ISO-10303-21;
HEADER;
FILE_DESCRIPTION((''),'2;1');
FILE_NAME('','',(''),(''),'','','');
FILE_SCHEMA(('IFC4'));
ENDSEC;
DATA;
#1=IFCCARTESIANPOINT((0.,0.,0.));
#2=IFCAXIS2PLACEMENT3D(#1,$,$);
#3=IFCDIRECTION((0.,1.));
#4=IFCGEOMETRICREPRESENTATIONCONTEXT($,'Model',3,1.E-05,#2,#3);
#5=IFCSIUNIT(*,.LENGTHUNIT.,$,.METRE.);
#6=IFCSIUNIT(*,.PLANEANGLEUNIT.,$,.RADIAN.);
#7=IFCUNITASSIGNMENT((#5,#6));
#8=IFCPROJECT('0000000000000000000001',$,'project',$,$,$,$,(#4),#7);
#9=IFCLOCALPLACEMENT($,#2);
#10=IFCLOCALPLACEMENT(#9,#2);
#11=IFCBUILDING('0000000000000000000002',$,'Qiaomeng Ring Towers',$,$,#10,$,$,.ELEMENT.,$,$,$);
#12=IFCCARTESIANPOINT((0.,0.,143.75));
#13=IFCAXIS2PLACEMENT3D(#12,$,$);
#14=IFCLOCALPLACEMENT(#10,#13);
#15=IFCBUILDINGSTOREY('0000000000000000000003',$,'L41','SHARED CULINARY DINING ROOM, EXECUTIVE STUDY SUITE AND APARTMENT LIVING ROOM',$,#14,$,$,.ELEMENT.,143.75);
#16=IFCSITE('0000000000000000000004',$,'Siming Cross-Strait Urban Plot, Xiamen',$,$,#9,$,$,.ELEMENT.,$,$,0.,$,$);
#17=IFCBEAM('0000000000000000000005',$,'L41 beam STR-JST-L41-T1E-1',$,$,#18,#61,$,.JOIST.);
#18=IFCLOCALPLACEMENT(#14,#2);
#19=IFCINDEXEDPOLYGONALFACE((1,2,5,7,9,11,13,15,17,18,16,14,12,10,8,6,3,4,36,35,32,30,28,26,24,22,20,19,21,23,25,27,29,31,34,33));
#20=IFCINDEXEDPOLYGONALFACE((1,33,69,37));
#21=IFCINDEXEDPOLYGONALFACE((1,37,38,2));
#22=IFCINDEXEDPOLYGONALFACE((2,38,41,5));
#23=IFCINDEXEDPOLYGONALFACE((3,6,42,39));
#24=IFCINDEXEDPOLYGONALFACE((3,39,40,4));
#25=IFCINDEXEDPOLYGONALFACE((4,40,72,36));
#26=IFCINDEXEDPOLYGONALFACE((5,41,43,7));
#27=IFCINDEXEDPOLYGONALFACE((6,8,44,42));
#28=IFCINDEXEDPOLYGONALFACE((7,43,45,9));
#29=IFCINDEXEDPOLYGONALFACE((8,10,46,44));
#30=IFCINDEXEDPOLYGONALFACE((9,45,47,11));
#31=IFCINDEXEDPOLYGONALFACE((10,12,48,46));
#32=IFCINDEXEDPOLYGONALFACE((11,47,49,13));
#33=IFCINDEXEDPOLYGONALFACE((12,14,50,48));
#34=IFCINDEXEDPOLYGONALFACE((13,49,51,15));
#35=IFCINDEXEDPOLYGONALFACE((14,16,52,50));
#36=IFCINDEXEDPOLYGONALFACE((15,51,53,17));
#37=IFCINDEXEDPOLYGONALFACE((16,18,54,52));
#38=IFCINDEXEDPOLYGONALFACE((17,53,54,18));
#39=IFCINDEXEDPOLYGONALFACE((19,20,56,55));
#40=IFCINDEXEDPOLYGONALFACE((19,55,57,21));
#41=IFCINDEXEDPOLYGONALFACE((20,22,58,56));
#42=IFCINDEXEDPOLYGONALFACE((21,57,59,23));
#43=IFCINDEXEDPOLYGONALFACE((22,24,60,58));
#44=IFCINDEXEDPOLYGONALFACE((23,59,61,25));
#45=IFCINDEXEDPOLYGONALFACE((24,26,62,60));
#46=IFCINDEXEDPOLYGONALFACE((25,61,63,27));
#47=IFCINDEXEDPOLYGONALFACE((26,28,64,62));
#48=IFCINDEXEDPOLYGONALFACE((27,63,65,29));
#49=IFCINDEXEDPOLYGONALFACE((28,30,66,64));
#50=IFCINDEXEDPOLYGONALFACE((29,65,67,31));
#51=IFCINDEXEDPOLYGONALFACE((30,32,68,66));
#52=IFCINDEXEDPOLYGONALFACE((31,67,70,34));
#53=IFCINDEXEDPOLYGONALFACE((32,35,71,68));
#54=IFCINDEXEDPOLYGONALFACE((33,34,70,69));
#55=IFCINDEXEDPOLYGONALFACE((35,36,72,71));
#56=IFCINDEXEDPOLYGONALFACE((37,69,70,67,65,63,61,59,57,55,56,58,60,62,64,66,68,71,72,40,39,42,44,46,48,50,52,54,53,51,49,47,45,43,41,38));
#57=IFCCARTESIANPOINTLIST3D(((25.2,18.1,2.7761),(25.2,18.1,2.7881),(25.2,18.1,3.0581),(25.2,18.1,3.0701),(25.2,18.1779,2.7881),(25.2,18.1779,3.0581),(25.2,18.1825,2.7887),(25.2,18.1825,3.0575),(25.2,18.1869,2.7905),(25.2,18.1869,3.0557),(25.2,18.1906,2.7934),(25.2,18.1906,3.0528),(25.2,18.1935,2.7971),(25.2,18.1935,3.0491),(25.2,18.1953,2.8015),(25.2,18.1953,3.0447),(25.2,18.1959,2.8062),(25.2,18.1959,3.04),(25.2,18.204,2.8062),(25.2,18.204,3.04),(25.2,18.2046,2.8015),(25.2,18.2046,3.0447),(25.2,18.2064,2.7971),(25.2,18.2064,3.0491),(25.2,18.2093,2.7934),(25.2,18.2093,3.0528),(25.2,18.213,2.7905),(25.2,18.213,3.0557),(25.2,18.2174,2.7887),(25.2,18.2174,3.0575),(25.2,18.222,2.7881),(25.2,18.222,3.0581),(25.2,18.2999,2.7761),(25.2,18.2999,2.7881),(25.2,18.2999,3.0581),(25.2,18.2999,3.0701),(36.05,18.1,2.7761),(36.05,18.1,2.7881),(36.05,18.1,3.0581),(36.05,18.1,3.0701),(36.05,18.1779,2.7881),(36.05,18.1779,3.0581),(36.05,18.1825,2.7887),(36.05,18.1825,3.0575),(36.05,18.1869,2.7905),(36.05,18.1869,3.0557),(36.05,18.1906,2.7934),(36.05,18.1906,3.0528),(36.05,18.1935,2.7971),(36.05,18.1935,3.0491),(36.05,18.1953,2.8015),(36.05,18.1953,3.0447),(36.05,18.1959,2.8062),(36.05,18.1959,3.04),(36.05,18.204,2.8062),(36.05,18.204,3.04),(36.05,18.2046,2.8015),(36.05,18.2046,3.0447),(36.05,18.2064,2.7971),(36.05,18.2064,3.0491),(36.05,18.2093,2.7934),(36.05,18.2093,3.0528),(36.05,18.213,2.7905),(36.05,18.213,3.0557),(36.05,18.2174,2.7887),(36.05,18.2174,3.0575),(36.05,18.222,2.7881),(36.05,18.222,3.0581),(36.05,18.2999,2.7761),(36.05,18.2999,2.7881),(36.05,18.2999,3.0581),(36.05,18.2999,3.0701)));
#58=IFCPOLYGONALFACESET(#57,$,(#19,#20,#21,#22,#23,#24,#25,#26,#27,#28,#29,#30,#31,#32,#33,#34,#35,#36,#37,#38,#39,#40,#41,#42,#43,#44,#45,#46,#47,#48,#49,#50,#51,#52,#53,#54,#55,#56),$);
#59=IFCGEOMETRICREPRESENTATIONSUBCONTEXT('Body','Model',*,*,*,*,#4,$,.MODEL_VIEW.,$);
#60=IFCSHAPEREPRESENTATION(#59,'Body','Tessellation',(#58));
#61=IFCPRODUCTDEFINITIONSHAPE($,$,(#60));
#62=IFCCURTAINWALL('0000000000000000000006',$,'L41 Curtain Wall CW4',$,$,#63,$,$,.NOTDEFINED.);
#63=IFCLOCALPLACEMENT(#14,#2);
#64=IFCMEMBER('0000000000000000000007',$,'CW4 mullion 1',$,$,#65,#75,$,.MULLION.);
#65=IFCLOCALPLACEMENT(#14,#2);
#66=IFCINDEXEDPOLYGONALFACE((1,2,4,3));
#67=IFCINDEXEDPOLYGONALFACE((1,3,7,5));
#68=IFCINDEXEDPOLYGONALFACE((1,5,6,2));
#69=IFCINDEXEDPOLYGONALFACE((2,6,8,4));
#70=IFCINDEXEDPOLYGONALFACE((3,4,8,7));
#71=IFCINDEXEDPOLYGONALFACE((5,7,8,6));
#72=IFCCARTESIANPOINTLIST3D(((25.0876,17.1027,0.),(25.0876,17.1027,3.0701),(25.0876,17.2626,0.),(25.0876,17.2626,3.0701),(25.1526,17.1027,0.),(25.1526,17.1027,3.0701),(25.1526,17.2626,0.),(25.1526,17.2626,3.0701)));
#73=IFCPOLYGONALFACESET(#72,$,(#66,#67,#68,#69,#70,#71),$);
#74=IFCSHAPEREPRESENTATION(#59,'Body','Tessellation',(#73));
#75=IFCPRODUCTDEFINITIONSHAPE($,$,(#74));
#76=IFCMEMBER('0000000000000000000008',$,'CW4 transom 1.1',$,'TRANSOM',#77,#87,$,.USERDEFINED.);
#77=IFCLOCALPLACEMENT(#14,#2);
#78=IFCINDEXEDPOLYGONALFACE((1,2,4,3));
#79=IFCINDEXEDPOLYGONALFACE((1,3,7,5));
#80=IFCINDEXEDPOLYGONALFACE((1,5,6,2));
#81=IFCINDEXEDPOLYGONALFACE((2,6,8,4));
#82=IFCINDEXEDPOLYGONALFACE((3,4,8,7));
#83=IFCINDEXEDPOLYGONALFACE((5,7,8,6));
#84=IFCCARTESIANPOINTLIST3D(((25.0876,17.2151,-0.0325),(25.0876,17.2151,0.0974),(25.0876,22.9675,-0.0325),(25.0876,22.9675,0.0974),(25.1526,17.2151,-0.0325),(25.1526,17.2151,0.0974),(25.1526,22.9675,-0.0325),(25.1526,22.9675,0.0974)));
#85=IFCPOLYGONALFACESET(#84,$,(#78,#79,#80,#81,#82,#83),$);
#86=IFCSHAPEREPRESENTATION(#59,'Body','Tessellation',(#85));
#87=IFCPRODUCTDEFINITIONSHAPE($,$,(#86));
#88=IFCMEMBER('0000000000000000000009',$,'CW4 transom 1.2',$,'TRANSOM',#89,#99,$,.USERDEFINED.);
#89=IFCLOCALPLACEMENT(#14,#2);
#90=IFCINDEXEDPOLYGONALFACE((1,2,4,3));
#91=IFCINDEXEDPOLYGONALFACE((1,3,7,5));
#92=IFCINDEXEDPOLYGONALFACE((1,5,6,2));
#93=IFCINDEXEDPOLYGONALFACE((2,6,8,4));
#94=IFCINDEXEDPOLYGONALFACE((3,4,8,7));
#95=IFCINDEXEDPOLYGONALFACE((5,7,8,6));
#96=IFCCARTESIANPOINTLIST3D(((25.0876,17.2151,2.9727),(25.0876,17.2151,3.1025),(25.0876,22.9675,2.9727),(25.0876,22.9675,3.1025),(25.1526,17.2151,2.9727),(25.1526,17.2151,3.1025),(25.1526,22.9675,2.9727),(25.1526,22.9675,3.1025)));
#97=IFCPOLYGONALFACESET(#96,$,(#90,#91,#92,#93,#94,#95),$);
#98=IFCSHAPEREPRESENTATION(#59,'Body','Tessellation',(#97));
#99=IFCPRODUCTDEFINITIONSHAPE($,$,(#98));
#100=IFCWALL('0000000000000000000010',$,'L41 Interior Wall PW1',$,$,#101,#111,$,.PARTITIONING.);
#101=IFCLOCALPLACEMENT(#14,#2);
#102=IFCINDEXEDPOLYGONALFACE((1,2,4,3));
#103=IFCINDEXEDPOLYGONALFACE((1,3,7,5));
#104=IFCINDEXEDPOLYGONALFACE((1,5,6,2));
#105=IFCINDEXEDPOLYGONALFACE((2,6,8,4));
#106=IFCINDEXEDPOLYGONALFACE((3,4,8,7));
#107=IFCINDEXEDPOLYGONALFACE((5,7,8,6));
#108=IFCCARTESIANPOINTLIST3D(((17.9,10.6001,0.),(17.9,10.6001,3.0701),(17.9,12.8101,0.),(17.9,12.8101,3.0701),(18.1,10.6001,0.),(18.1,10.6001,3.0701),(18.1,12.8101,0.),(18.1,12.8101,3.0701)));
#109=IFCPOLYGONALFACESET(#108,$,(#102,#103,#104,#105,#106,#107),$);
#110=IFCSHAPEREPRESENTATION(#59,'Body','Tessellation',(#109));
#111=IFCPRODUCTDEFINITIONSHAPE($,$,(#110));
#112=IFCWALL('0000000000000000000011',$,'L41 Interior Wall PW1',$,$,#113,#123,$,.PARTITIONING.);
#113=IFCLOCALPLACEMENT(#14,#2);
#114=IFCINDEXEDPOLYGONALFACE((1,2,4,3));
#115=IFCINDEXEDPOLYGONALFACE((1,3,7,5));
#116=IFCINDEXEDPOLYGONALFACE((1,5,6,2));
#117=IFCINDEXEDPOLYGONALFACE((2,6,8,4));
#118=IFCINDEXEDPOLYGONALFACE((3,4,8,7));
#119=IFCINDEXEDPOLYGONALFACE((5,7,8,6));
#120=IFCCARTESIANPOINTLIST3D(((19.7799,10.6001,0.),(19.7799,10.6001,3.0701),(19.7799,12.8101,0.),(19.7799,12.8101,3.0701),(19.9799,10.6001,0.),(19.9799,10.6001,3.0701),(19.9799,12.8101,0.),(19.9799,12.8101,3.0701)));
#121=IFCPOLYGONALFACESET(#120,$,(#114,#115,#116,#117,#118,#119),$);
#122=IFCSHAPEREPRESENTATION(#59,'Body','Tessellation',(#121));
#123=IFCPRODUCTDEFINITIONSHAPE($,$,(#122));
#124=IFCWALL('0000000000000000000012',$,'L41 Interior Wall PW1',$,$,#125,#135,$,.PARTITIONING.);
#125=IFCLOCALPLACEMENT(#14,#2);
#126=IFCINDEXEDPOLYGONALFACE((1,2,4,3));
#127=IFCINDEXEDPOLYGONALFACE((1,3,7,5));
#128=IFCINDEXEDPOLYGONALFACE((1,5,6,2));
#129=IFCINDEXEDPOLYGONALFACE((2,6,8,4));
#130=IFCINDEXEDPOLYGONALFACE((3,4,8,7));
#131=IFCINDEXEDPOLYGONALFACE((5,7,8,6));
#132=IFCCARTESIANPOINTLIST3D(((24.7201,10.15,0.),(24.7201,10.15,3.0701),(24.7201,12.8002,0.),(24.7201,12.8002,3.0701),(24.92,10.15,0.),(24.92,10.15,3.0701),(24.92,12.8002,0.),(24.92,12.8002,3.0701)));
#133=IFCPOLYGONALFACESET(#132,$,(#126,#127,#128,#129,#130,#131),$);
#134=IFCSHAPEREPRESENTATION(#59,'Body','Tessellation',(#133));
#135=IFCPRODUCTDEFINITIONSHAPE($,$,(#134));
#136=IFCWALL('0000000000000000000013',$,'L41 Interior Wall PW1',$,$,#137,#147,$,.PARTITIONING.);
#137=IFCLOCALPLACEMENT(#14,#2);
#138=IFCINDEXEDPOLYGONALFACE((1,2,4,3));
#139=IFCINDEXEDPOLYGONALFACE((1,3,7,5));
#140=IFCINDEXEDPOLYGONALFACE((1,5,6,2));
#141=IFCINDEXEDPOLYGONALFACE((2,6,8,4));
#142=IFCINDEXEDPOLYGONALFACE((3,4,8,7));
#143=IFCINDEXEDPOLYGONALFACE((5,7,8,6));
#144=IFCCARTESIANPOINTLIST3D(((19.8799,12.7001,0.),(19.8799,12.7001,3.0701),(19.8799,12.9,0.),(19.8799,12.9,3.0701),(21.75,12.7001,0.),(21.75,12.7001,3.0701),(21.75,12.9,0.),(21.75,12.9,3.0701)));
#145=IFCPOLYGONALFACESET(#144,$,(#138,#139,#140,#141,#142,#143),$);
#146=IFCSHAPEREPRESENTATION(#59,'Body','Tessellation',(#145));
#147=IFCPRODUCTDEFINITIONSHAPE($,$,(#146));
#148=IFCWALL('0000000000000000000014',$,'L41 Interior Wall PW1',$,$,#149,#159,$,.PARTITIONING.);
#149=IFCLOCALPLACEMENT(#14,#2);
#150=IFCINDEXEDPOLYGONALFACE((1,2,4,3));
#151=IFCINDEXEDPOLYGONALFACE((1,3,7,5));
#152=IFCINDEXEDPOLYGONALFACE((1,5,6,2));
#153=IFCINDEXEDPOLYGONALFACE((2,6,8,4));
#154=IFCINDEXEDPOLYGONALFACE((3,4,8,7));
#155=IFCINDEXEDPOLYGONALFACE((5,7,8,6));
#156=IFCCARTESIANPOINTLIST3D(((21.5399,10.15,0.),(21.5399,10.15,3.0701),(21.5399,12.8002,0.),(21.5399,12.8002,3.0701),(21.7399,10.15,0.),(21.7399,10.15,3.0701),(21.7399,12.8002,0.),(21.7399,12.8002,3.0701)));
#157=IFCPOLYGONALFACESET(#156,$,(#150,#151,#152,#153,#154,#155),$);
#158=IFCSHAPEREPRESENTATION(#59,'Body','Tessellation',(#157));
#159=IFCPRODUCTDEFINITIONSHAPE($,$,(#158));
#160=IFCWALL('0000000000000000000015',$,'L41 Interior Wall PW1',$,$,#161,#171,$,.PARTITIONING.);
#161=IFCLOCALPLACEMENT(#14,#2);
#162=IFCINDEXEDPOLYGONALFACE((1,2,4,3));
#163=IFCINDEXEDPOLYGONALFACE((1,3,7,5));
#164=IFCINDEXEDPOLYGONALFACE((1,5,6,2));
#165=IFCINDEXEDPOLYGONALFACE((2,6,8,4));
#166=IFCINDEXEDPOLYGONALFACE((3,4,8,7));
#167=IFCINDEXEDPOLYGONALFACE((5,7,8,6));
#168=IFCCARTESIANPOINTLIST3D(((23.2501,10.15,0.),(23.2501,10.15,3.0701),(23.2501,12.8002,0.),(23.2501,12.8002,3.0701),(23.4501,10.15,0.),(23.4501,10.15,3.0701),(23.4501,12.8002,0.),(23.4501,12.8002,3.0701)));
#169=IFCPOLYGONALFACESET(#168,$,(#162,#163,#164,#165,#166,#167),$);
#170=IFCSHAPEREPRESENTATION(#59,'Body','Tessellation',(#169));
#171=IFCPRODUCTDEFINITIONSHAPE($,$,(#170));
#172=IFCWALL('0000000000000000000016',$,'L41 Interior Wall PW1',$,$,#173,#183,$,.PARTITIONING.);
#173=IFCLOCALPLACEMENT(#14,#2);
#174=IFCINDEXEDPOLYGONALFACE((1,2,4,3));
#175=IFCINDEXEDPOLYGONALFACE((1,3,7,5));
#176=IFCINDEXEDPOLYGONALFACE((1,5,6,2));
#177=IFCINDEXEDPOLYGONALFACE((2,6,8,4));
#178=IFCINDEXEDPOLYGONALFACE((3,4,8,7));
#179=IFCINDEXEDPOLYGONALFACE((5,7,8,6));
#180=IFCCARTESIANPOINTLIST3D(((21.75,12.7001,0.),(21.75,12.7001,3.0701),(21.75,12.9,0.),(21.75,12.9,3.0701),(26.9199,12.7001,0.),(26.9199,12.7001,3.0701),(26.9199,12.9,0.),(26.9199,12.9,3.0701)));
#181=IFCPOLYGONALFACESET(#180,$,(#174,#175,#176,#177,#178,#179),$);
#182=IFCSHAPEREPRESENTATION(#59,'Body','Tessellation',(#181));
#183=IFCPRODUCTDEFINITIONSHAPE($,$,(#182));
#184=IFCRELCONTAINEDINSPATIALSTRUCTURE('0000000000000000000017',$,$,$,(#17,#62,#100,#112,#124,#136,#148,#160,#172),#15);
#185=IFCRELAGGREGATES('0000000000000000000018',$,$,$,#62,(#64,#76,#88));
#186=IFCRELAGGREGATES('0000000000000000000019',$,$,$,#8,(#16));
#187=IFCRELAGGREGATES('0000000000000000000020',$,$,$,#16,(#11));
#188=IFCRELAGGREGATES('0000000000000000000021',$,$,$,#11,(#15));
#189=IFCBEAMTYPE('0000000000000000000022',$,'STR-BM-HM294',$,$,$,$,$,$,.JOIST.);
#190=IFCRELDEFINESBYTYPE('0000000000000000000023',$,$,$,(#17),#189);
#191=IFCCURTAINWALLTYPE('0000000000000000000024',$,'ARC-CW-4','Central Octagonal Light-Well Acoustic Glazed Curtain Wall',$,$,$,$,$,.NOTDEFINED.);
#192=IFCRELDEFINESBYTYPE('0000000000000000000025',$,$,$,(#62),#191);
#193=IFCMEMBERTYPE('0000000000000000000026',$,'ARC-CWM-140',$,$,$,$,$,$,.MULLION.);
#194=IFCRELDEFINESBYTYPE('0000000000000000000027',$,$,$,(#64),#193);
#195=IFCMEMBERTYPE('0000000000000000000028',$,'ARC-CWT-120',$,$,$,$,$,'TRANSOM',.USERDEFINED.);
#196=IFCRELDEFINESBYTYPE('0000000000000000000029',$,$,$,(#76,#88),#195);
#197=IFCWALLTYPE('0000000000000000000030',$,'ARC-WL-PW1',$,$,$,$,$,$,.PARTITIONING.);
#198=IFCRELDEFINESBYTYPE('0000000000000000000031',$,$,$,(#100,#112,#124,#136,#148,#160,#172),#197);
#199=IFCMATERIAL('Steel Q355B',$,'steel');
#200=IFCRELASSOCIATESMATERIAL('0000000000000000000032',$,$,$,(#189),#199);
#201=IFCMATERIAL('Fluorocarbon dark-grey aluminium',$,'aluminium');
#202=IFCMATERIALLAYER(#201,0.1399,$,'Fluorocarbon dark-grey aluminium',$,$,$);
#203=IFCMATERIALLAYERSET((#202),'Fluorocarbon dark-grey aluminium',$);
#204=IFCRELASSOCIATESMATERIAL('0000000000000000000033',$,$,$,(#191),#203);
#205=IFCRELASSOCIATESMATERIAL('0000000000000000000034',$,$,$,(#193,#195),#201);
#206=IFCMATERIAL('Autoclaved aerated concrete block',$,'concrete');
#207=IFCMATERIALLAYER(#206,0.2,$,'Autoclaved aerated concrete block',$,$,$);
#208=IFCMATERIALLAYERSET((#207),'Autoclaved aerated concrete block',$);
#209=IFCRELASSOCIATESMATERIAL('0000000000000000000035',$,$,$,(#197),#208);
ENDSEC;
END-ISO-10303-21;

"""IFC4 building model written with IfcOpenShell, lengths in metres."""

from ifc_helpers import new_model, si_unit, direction, frame, frame_2d, origin, origin_2d, place, context, subcontext, project, spatial, rectangle, i_section, extrude, source, transform, mapped, material, layer, layer_set, material_profile, profile_set, type_object, element, aggregate, save


model = new_model("IFC4")

# Units and contexts
model_context = context("Model", 3, precision=1e-05, world=origin(), true_north=direction((0.0, 1.0)))
body_context = subcontext(model_context, "Body", "Model", "MODEL_VIEW")
ifc_project = project(units=[si_unit("LENGTHUNIT", "METRE"), si_unit("PLANEANGLEUNIT", "RADIAN")], contexts=[model_context])

# Site, building, storey
site_placement = place(None, origin())
site = spatial("IfcSite", under=ifc_project, at=site_placement, Name="Siming Cross-Strait Urban Plot, Xiamen", CompositionType="ELEMENT", RefElevation=0.0)
building_placement = place(site_placement, origin())
building = spatial("IfcBuilding", under=site, at=building_placement, Name="Qiaomeng Ring Towers", CompositionType="ELEMENT")
storey_placement = place(building_placement, frame((0.0, 0.0, 143.75)))
storey = spatial("IfcBuildingStorey", under=building, at=storey_placement, Name="L41", Description="SHARED CULINARY DINING ROOM, EXECUTIVE STUDY SUITE AND APARTMENT LIVING ROOM", CompositionType="ELEMENT", Elevation=143.75)

# Beam
ifc_material_1 = material(Name="Steel Q355B", Category="steel")
ifc_material_profile_1 = material_profile(ifc_material_1, i_section(OverallWidth=0.2, OverallDepth=0.2939, WebThickness=0.0081, FlangeThickness=0.012, FilletRadius=0.0181, at=origin_2d()), Name="HM 294x200x8x12")
ifc_profile_set_1 = profile_set([ifc_material_profile_1], Name="Steel Q355B")
beam_type_1 = type_object("IfcBeamType", Name="STR-BM-HM294", PredefinedType="JOIST", material=ifc_profile_set_1)
shared_shape_1 = source(origin(), body_context, "Body", "SweptSolid", [
    extrude(i_section(OverallWidth=0.2, OverallDepth=0.2939, WebThickness=0.0081, FlangeThickness=0.012, FilletRadius=0.0181, at=origin_2d()), origin(), (0.0, 0.0, 1.0), 10.8501),
])
beam_1_placement = place(storey_placement, frame((25.2, 18.2, 2.9231), z_axis=(1.0, 0.0, 0.0), x_axis=(0.0, 1.0, 0.0)))
element("IfcBeam", 1, at=beam_1_placement, inside=storey, type_object=beam_type_1, Name="L41 beam STR-JST-L41-T1E-1", PredefinedType="JOIST", context=body_context, shape_type="MappedRepresentation", body=[
    mapped(shared_shape_1, transform((0.0, 0.0, 0.0), x_axis=(1.0, 0.0, 0.0), y_axis=(0.0, 1.0, 0.0), z_axis=(0.0, 0.0, 1.0), scale=1.0)),
])

# Curtain wall, members
ifc_material_2 = material(Name="Fluorocarbon dark-grey aluminium", Category="aluminium")
ifc_layer_1 = layer(ifc_material_2, 0.1399, Name="Fluorocarbon dark-grey aluminium")
ifc_layer_set_1 = layer_set([ifc_layer_1], Name="Fluorocarbon dark-grey aluminium")
curtain_wall_type = type_object("IfcCurtainWallType", Name="ARC-CW-4", Description="Central Octagonal Light-Well Acoustic Glazed Curtain Wall", PredefinedType="NOTDEFINED", material=ifc_layer_set_1)
curtain_wall_placement = place(storey_placement, origin())
curtain_wall = element("IfcCurtainWall", 2, at=curtain_wall_placement, inside=storey, type_object=curtain_wall_type, Name="L41 Curtain Wall CW4", PredefinedType="NOTDEFINED")
ifc_material_profile_2 = material_profile(ifc_material_2, rectangle(XDim=0.0649, YDim=0.1599, at=origin_2d()), Name="ALU MULL 65x160")
ifc_profile_set_2 = profile_set([ifc_material_profile_2], Name="Fluorocarbon dark-grey aluminium")
member_type_1 = type_object("IfcMemberType", Name="ARC-CWM-140", PredefinedType="MULLION", material=ifc_profile_set_2)
shared_shape_2 = source(origin(), body_context, "Body", "SweptSolid", [
    extrude(rectangle(XDim=0.0649, YDim=0.1599, at=origin_2d()), origin(), (0.0, 0.0, 1.0), 3.0701),
])
member_1_placement = place(storey_placement, frame((25.1201, 17.1826, 0.0), z_axis=(0.0, 0.0, 1.0), x_axis=(-1.0, 0.0, 0.0)))
member_1 = element("IfcMember", 3, at=member_1_placement, type_object=member_type_1, Name="CW4 mullion 1", PredefinedType="MULLION", context=body_context, shape_type="MappedRepresentation", body=[
    mapped(shared_shape_2, transform((0.0, 0.0, 0.0), x_axis=(1.0, 0.0, 0.0), y_axis=(0.0, 1.0, 0.0), z_axis=(0.0, 0.0, 1.0), scale=1.0)),
])
ifc_material_profile_3 = material_profile(ifc_material_2, rectangle(XDim=0.0649, YDim=0.1299, at=origin_2d()), Name="ALU TRAN 65x130")
ifc_profile_set_3 = profile_set([ifc_material_profile_3], Name="Fluorocarbon dark-grey aluminium")
member_type_2 = type_object("IfcMemberType", Name="ARC-CWT-120", ElementType="TRANSOM", PredefinedType="USERDEFINED", material=ifc_profile_set_3)
shared_shape_3 = source(origin(), body_context, "Body", "SweptSolid", [
    extrude(rectangle(XDim=0.0649, YDim=0.1299, at=origin_2d()), origin(), (0.0, 0.0, 1.0), 5.7524),
])
member_2_placement = place(storey_placement, frame((25.1201, 17.2151, 0.0325), z_axis=(0.0, 1.0, 0.0), x_axis=(-1.0, 0.0, 0.0)))
member_2 = element("IfcMember", 4, at=member_2_placement, type_object=member_type_2, Name="CW4 transom 1.1", ObjectType="TRANSOM", PredefinedType="USERDEFINED", context=body_context, shape_type="MappedRepresentation", body=[
    mapped(shared_shape_3, transform((0.0, 0.0, 0.0), x_axis=(1.0, 0.0, 0.0), y_axis=(0.0, 1.0, 0.0), z_axis=(0.0, 0.0, 1.0), scale=1.0)),
])
member_3_placement = place(storey_placement, frame((25.1201, 17.2151, 3.0376), z_axis=(0.0, 1.0, 0.0), x_axis=(-1.0, 0.0, 0.0)))
member_3 = element("IfcMember", 5, at=member_3_placement, type_object=member_type_2, Name="CW4 transom 1.2", ObjectType="TRANSOM", PredefinedType="USERDEFINED", context=body_context, shape_type="MappedRepresentation", body=[
    mapped(shared_shape_3, transform((0.0, 0.0, 0.0), x_axis=(1.0, 0.0, 0.0), y_axis=(0.0, 1.0, 0.0), z_axis=(0.0, 0.0, 1.0), scale=1.0)),
])
aggregate(curtain_wall, [member_1, member_2, member_3])

# Walls
ifc_material_3 = material(Name="Autoclaved aerated concrete block", Category="concrete")
ifc_layer_2 = layer(ifc_material_3, 0.2, Name="Autoclaved aerated concrete block")
ifc_layer_set_2 = layer_set([ifc_layer_2], Name="Autoclaved aerated concrete block")
wall_type_1 = type_object("IfcWallType", Name="ARC-WL-PW1", PredefinedType="PARTITIONING", material=ifc_layer_set_2)
for number, where, z_axis, x_axis, name in (
    (6, (18.0, 10.6001, 0.0), (0.0, 0.0, 1.0), (0.0, 1.0, 0.0), "L41 Interior Wall PW1"),
    (7, (19.8799, 10.6001, 0.0), (0.0, 0.0, 1.0), (0.0, 1.0, 0.0), "L41 Interior Wall PW1"),
):
    element("IfcWall", number, at=place(storey_placement, frame(where, z_axis=z_axis, x_axis=x_axis)), inside=storey, type_object=wall_type_1, Name=name, PredefinedType="PARTITIONING", context=body_context, shape_type="SweptSolid", body=[
        extrude(rectangle(XDim=2.21, YDim=0.2, at=frame_2d((1.105, 0.0))), origin(), (0.0, 0.0, 1.0), 3.0701),
    ])
wall_1_placement = place(storey_placement, frame((24.8201, 10.1499, 0.0), z_axis=(0.0, 0.0, 1.0), x_axis=(0.0, 1.0, 0.0)))
element("IfcWall", 8, at=wall_1_placement, inside=storey, type_object=wall_type_1, Name="L41 Interior Wall PW1", PredefinedType="PARTITIONING", context=body_context, shape_type="SweptSolid", body=[
    extrude(rectangle(XDim=2.6501, YDim=0.2, at=frame_2d((1.3252, 0.0))), origin(), (0.0, 0.0, 1.0), 3.0701),
])
wall_2_placement = place(storey_placement, frame((19.8799, 12.8, 0.0), z_axis=(0.0, 0.0, 1.0), x_axis=(1.0, 0.0, 0.0)))
element("IfcWall", 9, at=wall_2_placement, inside=storey, type_object=wall_type_1, Name="L41 Interior Wall PW1", PredefinedType="PARTITIONING", context=body_context, shape_type="SweptSolid", body=[
    extrude(rectangle(XDim=1.8701, YDim=0.2, at=frame_2d((0.9351, 0.0))), origin(), (0.0, 0.0, 1.0), 3.0701),
])
for number, where, z_axis, x_axis, name in (
    (10, (21.6399, 10.1499, 0.0), (0.0, 0.0, 1.0), (0.0, 1.0, 0.0), "L41 Interior Wall PW1"),
    (11, (23.3501, 10.1499, 0.0), (0.0, 0.0, 1.0), (0.0, 1.0, 0.0), "L41 Interior Wall PW1"),
):
    element("IfcWall", number, at=place(storey_placement, frame(where, z_axis=z_axis, x_axis=x_axis)), inside=storey, type_object=wall_type_1, Name=name, PredefinedType="PARTITIONING", context=body_context, shape_type="SweptSolid", body=[
        extrude(rectangle(XDim=2.6501, YDim=0.2, at=frame_2d((1.3252, 0.0))), origin(), (0.0, 0.0, 1.0), 3.0701),
    ])
wall_3_placement = place(storey_placement, frame((21.75, 12.8, 0.0), z_axis=(0.0, 0.0, 1.0), x_axis=(1.0, 0.0, 0.0)))
element("IfcWall", 12, at=wall_3_placement, inside=storey, type_object=wall_type_1, Name="L41 Interior Wall PW1", PredefinedType="PARTITIONING", context=body_context, shape_type="SweptSolid", body=[
    extrude(rectangle(XDim=5.1699, YDim=0.2, at=frame_2d((2.585, 0.0))), origin(), (0.0, 0.0, 1.0), 3.0701),
])

save(model, "model.ifc")
